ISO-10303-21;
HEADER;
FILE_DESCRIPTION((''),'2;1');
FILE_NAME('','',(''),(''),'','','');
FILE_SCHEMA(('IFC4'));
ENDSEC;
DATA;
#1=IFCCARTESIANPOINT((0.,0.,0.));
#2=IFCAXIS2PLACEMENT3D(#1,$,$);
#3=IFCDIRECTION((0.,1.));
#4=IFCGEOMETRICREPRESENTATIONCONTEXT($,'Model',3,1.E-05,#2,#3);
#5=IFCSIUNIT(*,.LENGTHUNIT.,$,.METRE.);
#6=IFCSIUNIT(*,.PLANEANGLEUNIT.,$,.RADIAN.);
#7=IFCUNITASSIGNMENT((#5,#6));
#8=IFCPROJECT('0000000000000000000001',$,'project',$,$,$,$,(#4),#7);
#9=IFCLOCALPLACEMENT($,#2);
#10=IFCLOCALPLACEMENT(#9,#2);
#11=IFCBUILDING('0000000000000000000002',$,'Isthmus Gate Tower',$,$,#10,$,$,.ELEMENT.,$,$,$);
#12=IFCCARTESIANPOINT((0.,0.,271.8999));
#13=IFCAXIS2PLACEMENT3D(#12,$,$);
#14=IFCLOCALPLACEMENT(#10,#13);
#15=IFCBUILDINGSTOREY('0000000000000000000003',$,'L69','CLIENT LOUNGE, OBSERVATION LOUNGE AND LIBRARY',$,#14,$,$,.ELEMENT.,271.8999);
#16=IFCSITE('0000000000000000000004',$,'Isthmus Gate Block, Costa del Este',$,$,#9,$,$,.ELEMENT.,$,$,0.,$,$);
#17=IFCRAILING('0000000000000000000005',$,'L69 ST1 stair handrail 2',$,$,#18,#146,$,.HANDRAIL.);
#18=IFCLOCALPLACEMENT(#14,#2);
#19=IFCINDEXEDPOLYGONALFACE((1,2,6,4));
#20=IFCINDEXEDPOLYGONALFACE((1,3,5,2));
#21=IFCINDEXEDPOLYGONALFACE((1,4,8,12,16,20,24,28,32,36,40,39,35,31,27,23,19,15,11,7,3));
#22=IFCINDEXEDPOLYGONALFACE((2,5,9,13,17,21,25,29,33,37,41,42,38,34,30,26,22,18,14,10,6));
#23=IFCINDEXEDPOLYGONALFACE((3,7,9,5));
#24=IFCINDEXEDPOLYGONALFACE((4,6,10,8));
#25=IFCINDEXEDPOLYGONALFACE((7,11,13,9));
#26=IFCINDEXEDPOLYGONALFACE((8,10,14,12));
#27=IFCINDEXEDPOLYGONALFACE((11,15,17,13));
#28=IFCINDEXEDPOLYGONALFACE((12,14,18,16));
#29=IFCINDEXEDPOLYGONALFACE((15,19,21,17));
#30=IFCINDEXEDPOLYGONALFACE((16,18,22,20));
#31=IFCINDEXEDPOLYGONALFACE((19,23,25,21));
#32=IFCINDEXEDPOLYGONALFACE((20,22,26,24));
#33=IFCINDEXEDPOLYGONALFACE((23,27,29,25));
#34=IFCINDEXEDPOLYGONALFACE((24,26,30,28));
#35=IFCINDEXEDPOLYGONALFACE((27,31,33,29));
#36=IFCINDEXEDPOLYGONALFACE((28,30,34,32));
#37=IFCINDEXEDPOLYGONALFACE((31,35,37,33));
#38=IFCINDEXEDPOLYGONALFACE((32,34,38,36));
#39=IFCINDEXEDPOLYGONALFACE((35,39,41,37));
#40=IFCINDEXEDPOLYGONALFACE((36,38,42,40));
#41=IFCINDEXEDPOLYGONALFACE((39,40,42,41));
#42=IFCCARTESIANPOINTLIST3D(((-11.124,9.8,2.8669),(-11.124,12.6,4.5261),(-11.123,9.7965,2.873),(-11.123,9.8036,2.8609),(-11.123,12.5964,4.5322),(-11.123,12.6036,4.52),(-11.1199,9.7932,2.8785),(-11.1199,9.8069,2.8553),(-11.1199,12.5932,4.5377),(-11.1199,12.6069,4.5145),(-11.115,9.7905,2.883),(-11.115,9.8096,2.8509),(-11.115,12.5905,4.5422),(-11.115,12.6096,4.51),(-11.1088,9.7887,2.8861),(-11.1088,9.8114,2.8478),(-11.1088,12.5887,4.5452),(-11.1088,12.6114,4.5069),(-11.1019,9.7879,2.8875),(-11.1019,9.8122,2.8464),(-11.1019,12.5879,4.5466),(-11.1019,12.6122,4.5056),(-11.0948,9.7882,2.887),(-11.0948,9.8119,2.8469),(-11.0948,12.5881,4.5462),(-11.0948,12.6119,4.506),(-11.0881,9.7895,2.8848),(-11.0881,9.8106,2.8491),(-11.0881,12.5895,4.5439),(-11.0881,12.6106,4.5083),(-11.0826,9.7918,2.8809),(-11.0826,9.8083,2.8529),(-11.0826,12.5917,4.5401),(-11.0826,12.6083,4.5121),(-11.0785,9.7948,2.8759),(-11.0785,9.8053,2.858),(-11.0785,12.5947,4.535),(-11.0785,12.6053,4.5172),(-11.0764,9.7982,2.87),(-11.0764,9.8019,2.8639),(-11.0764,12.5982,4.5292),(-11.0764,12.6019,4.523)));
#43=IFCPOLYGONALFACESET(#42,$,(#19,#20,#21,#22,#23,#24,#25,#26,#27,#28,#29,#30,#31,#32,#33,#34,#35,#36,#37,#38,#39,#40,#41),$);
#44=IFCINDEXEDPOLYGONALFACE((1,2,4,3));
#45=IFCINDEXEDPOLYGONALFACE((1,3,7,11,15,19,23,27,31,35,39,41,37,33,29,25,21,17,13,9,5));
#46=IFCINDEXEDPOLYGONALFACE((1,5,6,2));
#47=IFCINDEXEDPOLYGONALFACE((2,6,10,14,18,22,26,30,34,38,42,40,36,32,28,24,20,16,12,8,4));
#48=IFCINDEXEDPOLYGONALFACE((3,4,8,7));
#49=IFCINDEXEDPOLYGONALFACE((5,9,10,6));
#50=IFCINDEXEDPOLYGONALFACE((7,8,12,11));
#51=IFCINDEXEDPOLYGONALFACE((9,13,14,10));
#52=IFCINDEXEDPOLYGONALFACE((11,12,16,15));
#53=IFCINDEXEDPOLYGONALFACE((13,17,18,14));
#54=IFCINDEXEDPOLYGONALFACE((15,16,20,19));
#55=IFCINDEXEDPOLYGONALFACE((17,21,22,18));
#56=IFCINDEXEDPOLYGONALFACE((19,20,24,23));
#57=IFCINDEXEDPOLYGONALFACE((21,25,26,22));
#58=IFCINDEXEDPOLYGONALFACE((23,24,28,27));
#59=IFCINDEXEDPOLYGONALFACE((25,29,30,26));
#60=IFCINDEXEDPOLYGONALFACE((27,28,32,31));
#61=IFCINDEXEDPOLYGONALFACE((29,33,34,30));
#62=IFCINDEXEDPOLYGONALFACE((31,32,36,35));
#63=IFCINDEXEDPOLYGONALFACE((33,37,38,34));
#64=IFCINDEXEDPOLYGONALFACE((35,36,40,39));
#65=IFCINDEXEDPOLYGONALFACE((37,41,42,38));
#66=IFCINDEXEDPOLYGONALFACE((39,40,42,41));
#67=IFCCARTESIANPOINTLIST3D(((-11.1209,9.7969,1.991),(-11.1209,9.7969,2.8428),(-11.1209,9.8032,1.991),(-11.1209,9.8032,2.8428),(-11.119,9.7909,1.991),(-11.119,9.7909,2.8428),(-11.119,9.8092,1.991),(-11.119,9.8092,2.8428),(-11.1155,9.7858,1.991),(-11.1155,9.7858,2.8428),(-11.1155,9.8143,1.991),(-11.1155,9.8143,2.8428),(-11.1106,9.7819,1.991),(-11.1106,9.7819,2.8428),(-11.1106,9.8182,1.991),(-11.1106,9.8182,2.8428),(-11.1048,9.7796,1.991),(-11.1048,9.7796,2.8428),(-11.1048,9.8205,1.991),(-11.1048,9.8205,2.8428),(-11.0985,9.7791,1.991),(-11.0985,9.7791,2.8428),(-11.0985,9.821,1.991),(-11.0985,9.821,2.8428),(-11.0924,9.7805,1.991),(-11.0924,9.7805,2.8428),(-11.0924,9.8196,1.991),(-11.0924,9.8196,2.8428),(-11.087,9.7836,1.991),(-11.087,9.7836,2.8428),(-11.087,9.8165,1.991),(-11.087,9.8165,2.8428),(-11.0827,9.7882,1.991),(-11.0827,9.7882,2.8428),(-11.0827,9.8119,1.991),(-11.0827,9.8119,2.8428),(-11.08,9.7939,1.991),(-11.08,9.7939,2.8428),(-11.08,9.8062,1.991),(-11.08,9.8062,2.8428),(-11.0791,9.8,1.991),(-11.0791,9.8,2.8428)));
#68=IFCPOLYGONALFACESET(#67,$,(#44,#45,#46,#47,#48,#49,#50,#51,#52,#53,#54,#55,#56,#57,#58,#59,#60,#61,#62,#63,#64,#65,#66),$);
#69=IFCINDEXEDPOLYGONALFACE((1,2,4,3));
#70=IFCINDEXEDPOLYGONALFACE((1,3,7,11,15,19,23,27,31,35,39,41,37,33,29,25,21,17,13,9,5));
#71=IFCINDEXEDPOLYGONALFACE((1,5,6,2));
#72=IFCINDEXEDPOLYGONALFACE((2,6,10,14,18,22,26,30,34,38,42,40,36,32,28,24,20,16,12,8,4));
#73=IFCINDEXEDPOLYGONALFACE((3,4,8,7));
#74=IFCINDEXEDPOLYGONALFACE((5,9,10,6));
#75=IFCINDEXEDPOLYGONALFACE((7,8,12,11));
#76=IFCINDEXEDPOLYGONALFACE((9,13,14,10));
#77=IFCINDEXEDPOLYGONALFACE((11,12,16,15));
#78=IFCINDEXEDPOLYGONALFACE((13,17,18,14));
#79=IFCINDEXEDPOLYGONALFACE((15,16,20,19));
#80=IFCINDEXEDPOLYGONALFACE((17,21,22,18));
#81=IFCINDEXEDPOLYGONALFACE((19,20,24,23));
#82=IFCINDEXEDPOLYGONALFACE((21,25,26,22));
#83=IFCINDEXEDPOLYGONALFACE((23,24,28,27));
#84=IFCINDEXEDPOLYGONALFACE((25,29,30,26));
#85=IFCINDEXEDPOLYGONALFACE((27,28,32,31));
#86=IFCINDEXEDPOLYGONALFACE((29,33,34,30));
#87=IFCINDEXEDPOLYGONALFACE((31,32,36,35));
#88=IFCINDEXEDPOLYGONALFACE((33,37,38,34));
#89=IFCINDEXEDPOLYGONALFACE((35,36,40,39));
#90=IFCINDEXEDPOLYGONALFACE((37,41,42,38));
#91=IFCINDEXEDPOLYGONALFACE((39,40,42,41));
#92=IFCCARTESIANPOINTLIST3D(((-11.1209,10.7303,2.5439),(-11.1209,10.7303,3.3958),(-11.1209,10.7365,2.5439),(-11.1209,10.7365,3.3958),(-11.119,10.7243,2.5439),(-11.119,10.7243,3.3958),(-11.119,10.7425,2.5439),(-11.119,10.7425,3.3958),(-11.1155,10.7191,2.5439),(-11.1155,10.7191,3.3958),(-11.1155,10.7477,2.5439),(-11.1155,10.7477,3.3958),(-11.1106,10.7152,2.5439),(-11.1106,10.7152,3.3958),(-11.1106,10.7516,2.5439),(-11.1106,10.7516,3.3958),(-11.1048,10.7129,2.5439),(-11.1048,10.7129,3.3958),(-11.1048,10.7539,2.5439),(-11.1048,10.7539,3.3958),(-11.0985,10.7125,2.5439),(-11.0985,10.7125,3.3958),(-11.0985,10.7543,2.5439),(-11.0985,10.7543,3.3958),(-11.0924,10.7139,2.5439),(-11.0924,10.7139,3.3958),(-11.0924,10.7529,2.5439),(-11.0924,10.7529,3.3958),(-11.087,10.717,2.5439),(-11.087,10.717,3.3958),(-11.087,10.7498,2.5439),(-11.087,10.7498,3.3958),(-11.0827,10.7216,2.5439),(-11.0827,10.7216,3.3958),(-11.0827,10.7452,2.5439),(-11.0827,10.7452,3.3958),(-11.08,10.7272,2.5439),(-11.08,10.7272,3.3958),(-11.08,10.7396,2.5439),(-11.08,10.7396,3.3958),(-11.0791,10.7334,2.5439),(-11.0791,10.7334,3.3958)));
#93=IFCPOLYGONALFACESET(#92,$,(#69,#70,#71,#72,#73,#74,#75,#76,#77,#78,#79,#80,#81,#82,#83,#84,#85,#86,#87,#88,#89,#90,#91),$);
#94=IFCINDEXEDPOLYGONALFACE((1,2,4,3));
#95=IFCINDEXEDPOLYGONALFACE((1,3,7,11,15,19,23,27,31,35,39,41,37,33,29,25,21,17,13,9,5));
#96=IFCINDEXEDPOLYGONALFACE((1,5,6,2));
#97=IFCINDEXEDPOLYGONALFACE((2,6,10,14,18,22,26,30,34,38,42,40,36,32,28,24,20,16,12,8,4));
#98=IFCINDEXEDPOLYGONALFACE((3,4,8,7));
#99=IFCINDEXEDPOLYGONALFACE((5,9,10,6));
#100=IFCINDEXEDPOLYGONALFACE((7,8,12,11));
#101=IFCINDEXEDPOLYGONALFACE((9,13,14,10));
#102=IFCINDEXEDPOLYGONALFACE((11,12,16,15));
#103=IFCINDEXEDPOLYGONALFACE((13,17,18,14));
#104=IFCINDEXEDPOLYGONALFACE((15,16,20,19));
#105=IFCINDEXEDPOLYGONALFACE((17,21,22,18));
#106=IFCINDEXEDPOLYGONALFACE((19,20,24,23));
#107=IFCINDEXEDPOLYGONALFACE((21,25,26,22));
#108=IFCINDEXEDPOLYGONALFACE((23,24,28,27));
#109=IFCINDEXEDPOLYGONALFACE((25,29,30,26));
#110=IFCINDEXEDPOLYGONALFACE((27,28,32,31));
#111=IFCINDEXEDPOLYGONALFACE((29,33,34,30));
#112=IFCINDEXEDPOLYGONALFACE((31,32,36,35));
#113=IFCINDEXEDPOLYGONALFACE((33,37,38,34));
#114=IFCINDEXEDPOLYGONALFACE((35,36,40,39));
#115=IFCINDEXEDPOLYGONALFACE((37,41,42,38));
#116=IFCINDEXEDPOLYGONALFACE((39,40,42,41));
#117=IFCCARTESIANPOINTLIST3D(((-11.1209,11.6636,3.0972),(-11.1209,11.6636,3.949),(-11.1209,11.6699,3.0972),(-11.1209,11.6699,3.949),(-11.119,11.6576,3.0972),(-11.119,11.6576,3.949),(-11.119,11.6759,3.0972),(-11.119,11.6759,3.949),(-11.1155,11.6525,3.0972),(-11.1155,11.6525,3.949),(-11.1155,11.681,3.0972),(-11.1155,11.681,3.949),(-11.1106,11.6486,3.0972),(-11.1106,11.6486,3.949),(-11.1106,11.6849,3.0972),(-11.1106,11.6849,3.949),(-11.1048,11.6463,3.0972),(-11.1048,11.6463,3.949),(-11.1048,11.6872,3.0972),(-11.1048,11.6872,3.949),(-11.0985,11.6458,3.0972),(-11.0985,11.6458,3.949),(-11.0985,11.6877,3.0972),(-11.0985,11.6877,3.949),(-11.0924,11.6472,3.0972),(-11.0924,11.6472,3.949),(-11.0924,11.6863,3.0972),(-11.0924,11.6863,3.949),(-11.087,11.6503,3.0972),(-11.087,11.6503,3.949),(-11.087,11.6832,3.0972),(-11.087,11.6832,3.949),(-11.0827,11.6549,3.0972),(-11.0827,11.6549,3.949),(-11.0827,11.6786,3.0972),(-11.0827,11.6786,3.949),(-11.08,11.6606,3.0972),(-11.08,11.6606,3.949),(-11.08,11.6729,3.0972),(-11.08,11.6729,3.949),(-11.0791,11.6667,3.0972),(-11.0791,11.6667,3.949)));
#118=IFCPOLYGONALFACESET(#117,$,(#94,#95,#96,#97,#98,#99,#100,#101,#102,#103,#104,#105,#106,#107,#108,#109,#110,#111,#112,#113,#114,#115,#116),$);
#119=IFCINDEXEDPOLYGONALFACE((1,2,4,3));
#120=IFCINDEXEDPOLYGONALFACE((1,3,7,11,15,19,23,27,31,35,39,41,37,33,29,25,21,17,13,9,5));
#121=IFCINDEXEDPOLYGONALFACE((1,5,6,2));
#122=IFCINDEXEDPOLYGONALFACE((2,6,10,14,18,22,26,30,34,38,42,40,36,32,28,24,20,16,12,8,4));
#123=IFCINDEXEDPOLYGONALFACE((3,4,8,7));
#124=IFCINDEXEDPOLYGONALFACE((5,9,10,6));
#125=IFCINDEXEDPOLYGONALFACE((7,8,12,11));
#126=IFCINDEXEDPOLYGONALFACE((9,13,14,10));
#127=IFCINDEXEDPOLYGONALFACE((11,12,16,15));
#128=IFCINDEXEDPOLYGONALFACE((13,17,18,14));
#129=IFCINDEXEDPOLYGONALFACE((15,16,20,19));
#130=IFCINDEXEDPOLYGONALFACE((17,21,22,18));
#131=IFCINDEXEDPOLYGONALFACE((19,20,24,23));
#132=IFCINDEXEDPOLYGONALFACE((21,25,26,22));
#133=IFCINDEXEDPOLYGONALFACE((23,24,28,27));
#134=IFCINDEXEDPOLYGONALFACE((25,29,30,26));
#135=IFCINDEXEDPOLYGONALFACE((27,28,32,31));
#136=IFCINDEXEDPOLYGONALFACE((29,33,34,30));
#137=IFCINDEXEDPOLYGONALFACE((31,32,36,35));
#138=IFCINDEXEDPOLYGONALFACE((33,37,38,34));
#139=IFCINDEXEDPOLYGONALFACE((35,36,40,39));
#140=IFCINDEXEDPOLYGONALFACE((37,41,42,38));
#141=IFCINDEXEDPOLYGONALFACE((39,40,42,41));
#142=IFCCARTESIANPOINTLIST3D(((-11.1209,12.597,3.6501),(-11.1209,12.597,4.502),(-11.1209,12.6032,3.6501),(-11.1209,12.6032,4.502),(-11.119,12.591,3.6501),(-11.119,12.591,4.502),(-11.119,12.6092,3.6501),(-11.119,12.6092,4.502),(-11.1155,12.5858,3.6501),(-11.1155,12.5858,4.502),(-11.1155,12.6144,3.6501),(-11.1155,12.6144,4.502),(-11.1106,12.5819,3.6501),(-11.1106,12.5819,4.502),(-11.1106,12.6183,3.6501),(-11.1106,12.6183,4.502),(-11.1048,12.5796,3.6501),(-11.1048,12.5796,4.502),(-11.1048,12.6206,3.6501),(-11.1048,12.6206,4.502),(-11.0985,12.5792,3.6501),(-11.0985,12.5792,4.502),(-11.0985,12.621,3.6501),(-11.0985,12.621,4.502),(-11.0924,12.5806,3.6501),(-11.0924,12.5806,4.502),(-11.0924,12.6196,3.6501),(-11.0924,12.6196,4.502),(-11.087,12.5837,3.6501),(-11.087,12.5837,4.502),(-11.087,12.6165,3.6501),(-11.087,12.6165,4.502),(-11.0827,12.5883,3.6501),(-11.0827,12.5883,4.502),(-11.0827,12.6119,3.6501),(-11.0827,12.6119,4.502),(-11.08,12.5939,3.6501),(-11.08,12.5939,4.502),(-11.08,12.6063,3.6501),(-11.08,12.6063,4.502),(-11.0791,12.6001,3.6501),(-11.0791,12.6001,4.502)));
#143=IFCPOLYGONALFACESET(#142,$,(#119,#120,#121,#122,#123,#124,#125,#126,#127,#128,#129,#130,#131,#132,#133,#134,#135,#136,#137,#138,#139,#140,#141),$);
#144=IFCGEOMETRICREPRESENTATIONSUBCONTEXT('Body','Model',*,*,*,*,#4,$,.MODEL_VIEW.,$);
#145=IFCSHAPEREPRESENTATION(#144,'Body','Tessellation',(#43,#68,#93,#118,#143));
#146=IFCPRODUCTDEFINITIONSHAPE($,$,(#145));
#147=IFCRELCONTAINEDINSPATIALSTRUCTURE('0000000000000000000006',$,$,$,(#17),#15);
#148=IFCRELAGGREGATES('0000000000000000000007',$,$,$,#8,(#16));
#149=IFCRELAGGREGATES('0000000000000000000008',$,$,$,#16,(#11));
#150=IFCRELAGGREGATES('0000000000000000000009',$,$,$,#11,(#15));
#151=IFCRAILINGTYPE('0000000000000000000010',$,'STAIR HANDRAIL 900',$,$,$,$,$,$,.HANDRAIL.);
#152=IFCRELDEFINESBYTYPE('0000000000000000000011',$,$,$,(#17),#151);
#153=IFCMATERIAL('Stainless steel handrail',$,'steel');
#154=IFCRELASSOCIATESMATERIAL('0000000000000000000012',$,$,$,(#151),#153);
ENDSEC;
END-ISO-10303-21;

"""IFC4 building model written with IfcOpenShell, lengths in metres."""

from ifc_helpers import new_model, si_unit, direction, frame, origin, origin_2d, place, context, subcontext, project, spatial, circle, extrude, material, type_object, element, save


model = new_model("IFC4")

# Units and contexts
model_context = context("Model", 3, precision=1e-05, world=origin(), true_north=direction((0.0, 1.0)))
body_context = subcontext(model_context, "Body", "Model", "MODEL_VIEW")
ifc_project = project(units=[si_unit("LENGTHUNIT", "METRE"), si_unit("PLANEANGLEUNIT", "RADIAN")], contexts=[model_context])

# Site, building, storey
site_placement = place(None, origin())
site = spatial("IfcSite", under=ifc_project, at=site_placement, Name="Isthmus Gate Block, Costa del Este", CompositionType="ELEMENT", RefElevation=0.0)
building_placement = place(site_placement, origin())
building = spatial("IfcBuilding", under=site, at=building_placement, Name="Isthmus Gate Tower", CompositionType="ELEMENT")
storey_placement = place(building_placement, frame((0.0, 0.0, 271.8999)))
storey = spatial("IfcBuildingStorey", under=building, at=storey_placement, Name="L69", Description="CLIENT LOUNGE, OBSERVATION LOUNGE AND LIBRARY", CompositionType="ELEMENT", Elevation=271.8999)

# Railing
ifc_material_1 = material(Name="Stainless steel handrail", Category="steel")
railing_type_1 = type_object("IfcRailingType", Name="STAIR HANDRAIL 900", PredefinedType="HANDRAIL", material=ifc_material_1)
railing_1_placement = place(storey_placement, frame((-11.1001, 9.8, 1.991)))
element("IfcRailing", 1, at=railing_1_placement, inside=storey, type_object=railing_type_1, Name="L69 ST1 stair handrail 2", PredefinedType="HANDRAIL", context=body_context, shape_type="SweptSolid", body=[
    extrude(circle(Radius=0.0239, at=origin_2d()), frame((0.0, 0.0, 0.876), z_axis=(0.0, 0.860306, 0.509778), x_axis=(-1.0, 0.0, 0.0)), (0.0, 0.0, 1.0), 3.2546),
    extrude(circle(Radius=0.021, at=origin_2d()), origin(), (0.0, 0.0, 1.0), 0.8518),
    extrude(circle(Radius=0.021, at=origin_2d()), frame((0.0, 0.9333, 0.553)), (0.0, 0.0, 1.0), 0.8518),
    extrude(circle(Radius=0.021, at=origin_2d()), frame((0.0, 1.8667, 1.1062)), (0.0, 0.0, 1.0), 0.8518),
    extrude(circle(Radius=0.021, at=origin_2d()), frame((0.0, 2.8, 1.6592)), (0.0, 0.0, 1.0), 0.8518),
])

save(model, "model.ifc")
